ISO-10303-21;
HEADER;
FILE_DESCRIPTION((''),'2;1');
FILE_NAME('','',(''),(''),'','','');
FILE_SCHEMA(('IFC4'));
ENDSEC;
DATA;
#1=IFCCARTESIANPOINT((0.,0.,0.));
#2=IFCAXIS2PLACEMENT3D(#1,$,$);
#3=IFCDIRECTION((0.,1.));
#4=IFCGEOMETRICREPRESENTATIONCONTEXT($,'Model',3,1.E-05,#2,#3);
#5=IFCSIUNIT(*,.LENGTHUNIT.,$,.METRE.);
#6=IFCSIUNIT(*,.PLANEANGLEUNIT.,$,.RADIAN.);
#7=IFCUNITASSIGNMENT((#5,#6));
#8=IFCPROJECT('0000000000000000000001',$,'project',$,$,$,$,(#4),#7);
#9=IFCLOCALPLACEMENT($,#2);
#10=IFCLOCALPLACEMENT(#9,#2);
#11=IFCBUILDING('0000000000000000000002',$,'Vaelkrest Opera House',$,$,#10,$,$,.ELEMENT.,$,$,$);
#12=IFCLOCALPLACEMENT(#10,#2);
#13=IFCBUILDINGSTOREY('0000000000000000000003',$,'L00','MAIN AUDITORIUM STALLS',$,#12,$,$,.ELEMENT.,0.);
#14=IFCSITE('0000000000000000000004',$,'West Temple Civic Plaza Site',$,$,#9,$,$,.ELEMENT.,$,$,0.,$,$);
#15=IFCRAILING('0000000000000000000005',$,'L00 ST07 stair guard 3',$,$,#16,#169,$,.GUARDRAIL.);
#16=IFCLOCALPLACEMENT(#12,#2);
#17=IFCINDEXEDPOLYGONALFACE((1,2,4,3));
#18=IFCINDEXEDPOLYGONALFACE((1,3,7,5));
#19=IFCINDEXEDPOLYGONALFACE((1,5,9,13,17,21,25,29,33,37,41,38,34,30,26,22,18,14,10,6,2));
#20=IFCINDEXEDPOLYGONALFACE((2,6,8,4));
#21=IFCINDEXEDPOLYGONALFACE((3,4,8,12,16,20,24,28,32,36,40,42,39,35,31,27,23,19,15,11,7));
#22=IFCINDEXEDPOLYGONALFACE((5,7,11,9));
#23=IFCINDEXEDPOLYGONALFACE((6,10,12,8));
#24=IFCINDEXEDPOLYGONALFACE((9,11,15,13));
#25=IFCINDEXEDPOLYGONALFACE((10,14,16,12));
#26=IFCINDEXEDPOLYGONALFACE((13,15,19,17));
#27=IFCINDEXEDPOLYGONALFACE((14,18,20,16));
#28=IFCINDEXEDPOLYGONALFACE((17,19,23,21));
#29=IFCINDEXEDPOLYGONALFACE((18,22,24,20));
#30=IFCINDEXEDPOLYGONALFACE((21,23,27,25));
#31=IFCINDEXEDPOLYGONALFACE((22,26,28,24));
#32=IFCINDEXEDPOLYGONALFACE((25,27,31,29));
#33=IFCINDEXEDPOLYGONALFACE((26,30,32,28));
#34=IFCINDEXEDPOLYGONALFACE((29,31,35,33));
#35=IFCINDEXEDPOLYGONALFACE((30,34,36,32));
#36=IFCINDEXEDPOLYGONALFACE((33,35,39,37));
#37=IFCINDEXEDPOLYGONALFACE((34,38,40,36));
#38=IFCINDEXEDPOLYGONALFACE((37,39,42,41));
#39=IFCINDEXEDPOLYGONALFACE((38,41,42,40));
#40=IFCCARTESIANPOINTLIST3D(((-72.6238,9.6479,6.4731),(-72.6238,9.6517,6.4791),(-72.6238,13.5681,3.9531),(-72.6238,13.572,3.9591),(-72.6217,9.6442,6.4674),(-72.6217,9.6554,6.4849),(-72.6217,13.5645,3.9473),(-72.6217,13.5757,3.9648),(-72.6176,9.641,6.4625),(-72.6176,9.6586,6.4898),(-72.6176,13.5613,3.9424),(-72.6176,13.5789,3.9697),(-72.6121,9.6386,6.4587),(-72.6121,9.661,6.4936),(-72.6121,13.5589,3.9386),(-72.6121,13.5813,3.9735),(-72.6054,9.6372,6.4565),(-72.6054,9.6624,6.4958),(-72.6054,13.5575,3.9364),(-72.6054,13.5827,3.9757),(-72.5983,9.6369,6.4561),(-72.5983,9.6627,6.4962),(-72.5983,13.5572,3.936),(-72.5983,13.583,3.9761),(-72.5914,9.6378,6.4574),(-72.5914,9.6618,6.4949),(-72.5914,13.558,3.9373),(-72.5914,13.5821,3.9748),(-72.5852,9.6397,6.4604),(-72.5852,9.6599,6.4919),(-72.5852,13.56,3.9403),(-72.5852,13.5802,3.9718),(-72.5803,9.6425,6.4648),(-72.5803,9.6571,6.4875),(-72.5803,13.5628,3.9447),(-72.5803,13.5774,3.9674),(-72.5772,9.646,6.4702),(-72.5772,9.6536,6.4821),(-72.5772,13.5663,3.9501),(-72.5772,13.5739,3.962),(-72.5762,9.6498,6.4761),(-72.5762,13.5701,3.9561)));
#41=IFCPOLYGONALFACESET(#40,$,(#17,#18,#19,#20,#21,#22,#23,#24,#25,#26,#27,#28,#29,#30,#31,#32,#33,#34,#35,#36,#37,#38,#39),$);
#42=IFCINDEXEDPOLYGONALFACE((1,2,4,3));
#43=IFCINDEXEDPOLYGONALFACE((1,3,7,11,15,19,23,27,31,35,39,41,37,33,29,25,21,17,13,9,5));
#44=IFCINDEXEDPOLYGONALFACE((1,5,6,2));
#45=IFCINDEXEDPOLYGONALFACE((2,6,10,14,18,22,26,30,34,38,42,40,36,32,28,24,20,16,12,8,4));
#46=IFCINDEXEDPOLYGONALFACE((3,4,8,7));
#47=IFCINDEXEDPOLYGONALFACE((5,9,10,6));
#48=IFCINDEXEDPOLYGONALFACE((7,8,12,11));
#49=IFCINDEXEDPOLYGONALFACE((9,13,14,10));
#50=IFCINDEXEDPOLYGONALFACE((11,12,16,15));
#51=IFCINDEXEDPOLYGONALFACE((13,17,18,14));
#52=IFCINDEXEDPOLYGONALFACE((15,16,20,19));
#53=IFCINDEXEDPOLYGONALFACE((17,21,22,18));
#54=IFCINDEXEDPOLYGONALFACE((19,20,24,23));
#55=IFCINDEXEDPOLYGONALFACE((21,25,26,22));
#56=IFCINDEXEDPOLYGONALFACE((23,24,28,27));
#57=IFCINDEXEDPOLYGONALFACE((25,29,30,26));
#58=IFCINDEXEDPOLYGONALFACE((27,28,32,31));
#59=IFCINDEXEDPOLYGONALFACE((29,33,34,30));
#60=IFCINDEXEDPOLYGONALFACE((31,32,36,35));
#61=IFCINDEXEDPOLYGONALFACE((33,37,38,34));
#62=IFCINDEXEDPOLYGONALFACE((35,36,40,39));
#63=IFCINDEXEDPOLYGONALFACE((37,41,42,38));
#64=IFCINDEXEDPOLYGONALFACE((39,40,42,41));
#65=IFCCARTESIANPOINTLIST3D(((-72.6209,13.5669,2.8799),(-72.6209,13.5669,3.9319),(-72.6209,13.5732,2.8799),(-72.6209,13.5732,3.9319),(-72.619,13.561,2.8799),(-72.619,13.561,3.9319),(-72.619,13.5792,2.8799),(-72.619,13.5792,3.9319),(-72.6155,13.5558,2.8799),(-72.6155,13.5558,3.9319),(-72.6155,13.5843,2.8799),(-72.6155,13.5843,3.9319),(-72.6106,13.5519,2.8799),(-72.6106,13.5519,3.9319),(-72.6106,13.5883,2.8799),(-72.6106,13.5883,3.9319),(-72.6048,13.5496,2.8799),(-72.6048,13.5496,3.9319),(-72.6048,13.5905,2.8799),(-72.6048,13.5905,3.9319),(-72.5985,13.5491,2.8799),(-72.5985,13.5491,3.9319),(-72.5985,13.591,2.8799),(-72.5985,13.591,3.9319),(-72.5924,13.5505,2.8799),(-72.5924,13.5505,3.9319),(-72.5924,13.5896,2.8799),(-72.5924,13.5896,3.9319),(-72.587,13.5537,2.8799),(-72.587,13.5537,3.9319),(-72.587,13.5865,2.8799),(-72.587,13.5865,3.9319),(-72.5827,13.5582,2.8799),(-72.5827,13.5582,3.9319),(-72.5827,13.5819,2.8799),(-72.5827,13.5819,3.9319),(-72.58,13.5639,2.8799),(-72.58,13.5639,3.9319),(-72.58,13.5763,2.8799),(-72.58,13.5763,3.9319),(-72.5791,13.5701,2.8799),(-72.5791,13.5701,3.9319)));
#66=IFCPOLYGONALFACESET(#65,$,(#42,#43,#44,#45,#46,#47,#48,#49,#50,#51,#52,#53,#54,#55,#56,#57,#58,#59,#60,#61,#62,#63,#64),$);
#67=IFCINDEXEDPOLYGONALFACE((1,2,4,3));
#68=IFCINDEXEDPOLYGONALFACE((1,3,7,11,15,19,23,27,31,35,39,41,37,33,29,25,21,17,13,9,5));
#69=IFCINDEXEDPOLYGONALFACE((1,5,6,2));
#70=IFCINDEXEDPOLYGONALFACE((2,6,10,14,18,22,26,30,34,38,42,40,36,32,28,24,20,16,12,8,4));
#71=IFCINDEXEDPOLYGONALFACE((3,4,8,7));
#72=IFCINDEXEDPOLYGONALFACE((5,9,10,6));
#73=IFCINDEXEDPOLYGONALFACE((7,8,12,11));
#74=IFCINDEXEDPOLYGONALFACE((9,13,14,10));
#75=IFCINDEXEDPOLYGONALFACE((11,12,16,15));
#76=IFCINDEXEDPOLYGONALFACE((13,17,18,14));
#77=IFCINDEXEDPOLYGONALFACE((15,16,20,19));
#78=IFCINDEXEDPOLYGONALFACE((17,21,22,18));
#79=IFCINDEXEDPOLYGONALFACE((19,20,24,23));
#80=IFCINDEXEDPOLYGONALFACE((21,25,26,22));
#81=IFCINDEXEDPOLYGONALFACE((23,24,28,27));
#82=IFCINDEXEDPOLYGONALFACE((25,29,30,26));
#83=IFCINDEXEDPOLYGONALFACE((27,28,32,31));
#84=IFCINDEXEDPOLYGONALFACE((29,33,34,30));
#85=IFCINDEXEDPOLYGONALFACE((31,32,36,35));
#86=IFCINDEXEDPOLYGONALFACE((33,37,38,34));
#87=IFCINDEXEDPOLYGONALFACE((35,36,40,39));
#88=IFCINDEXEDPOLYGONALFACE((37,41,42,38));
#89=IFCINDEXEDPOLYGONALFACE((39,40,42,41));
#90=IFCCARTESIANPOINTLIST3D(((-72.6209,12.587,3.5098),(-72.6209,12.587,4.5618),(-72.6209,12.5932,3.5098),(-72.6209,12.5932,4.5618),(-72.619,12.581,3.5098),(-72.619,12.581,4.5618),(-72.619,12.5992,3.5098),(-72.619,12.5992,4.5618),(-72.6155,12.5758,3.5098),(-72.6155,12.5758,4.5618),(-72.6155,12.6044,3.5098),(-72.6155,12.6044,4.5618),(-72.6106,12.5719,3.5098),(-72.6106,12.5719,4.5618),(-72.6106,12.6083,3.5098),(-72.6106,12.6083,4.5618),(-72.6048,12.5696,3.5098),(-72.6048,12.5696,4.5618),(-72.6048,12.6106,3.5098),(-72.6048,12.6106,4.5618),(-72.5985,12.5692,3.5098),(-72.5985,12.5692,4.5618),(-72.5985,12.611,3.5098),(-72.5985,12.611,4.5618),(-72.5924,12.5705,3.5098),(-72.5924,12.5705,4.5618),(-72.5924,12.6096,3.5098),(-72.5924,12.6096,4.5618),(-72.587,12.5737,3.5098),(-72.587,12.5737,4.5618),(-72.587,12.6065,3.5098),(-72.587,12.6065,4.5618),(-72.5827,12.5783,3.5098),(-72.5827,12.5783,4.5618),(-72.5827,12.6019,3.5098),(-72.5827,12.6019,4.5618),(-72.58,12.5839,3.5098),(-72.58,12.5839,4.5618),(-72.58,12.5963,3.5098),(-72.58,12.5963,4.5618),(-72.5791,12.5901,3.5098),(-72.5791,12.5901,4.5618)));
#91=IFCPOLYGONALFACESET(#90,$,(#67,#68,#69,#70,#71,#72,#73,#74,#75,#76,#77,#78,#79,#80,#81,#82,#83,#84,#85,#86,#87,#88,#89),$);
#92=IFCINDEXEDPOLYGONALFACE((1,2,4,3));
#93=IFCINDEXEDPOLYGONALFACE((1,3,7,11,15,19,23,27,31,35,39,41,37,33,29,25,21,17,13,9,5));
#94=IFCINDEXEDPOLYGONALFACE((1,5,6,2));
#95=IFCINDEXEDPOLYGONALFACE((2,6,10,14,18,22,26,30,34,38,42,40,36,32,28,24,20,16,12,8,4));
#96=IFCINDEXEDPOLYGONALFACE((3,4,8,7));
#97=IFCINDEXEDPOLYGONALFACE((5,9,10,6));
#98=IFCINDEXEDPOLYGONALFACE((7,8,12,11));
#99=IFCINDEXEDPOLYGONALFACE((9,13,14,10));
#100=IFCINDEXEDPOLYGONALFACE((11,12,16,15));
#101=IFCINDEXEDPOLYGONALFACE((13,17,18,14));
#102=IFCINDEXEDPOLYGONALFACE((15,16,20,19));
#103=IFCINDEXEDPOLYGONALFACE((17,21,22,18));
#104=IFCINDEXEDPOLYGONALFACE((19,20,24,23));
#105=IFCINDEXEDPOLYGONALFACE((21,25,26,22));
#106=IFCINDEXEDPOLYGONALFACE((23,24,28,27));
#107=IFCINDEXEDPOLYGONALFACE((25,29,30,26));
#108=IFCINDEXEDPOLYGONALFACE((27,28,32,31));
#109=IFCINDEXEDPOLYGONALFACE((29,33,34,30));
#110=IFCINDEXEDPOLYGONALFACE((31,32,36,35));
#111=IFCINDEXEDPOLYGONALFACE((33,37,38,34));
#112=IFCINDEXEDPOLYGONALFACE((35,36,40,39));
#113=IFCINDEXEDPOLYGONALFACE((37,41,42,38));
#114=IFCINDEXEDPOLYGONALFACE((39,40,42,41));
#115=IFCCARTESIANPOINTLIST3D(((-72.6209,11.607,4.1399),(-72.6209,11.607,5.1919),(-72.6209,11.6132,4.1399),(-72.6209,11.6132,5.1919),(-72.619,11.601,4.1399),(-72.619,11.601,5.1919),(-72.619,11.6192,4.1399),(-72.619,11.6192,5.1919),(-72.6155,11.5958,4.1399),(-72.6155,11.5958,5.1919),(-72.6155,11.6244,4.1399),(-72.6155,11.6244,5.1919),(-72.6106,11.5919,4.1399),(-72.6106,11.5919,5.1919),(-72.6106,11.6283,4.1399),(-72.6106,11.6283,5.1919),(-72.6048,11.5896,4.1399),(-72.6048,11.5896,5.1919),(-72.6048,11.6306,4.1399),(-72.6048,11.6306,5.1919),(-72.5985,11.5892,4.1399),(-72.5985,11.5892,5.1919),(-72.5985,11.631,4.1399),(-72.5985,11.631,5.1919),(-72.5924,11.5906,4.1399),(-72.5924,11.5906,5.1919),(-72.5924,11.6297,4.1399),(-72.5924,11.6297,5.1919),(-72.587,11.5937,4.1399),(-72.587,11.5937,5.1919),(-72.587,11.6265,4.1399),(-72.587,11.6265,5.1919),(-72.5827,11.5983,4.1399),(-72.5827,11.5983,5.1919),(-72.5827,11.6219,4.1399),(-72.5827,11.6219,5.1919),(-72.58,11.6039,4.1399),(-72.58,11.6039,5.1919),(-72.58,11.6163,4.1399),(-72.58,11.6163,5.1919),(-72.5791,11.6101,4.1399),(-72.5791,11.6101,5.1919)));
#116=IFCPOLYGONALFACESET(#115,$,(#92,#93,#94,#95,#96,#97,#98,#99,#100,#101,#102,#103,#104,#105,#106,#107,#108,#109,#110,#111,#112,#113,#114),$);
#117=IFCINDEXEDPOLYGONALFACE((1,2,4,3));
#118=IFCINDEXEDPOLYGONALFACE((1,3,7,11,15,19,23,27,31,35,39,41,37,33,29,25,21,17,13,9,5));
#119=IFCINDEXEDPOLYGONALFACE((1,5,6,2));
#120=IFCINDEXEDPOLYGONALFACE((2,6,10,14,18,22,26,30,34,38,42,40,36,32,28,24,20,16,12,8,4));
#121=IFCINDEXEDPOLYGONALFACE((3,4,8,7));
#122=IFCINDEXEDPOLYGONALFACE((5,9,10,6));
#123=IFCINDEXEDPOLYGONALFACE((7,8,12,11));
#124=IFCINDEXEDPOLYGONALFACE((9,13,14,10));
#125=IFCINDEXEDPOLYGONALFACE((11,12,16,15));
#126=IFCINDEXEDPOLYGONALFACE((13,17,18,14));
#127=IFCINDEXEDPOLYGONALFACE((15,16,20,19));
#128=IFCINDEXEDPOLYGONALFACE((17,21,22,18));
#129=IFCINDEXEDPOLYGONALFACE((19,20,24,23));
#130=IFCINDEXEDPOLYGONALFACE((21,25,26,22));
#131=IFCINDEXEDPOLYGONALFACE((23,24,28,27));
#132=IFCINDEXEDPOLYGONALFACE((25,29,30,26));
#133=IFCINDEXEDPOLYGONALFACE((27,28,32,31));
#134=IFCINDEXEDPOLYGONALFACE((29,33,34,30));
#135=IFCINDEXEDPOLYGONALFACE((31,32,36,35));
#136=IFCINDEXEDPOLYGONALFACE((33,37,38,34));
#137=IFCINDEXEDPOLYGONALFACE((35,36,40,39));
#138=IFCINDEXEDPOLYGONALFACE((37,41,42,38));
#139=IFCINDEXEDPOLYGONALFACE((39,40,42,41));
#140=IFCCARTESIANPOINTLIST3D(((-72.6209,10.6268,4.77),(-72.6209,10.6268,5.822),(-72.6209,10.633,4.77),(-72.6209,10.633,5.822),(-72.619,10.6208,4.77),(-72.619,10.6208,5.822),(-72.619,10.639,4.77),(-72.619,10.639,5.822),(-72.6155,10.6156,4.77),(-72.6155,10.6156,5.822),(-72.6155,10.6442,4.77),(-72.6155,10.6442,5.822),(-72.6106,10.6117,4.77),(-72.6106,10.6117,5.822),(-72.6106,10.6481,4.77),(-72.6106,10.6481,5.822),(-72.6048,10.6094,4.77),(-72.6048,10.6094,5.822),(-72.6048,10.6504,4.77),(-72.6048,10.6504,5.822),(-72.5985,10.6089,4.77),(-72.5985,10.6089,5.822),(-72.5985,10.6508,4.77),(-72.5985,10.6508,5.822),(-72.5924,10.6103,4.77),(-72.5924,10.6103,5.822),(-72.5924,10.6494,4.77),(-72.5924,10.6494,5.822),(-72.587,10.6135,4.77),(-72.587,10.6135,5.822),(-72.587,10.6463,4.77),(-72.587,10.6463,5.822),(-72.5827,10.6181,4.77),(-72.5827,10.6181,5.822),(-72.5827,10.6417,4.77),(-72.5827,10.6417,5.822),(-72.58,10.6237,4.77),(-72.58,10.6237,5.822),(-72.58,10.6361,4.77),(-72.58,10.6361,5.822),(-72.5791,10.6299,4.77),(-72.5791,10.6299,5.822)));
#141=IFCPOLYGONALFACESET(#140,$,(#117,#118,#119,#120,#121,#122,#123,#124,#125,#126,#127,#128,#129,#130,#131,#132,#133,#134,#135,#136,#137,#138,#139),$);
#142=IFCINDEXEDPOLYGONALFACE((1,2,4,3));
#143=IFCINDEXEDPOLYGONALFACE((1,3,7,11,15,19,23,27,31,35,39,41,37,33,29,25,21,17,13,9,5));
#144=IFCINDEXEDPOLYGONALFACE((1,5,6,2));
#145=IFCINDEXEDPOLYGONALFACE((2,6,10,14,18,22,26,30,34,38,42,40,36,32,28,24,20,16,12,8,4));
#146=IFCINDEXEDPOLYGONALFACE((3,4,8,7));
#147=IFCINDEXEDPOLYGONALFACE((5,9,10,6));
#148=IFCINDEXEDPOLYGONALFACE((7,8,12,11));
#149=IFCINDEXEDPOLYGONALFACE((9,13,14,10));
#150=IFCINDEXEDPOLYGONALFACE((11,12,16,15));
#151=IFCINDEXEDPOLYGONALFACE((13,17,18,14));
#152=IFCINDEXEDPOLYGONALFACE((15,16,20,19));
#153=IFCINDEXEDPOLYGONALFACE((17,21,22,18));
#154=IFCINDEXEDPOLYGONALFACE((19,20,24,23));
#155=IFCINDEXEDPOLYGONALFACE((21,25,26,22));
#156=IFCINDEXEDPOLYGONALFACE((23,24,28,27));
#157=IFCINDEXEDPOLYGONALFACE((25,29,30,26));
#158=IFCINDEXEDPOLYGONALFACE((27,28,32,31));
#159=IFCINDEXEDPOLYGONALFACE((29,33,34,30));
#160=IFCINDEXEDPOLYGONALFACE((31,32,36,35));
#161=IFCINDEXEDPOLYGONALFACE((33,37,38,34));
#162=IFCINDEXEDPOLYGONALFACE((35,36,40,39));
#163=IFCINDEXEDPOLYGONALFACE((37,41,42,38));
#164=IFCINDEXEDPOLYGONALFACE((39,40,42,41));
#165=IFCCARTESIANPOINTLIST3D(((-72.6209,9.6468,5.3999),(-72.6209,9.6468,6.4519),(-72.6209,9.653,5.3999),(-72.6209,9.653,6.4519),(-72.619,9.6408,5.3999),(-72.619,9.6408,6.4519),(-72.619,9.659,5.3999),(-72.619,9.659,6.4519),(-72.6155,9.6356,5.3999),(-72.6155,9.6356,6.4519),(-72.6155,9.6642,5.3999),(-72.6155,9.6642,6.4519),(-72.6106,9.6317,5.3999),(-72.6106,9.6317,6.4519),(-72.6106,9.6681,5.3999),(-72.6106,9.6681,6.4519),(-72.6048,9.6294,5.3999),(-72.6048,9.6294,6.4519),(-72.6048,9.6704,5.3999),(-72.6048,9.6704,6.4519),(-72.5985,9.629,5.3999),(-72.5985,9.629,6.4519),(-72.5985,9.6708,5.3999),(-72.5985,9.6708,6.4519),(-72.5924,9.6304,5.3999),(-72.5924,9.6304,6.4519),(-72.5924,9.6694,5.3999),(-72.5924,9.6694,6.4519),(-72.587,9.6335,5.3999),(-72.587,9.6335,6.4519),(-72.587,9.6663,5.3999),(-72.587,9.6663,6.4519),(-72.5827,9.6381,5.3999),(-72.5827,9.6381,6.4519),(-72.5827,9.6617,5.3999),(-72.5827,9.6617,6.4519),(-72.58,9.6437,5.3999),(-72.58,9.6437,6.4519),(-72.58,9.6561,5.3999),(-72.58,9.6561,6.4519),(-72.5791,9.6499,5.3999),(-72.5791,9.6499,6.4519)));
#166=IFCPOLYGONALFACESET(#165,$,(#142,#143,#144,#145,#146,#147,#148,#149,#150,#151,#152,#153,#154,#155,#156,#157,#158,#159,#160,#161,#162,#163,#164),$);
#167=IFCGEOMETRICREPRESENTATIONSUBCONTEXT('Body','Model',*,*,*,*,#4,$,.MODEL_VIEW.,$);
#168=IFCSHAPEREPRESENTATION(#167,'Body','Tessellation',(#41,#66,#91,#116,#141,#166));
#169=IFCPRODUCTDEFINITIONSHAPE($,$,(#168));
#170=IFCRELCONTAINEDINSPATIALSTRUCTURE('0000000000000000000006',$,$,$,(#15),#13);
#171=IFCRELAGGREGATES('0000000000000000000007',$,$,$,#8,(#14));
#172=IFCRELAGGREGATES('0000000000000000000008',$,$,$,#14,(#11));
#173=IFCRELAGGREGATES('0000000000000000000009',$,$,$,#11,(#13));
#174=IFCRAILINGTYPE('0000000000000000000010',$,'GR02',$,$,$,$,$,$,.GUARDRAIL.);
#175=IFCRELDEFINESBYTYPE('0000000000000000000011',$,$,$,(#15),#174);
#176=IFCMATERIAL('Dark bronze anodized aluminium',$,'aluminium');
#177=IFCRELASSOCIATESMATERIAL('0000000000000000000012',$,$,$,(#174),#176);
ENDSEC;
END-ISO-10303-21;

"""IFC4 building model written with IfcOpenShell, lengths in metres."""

from ifc_helpers import new_model, si_unit, direction, frame, origin, origin_2d, place, context, subcontext, project, spatial, circle, extrude, material, type_object, element, save


model = new_model("IFC4")

# Units and contexts
model_context = context("Model", 3, precision=1e-05, world=origin(), true_north=direction((0.0, 1.0)))
body_context = subcontext(model_context, "Body", "Model", "MODEL_VIEW")
ifc_project = project(units=[si_unit("LENGTHUNIT", "METRE"), si_unit("PLANEANGLEUNIT", "RADIAN")], contexts=[model_context])

# Site, building, storey
site_placement = place(None, origin())
site = spatial("IfcSite", under=ifc_project, at=site_placement, Name="West Temple Civic Plaza Site", CompositionType="ELEMENT", RefElevation=0.0)
building_placement = place(site_placement, origin())
building = spatial("IfcBuilding", under=site, at=building_placement, Name="Vaelkrest Opera House", CompositionType="ELEMENT")
storey_placement = place(building_placement, origin())
storey = spatial("IfcBuildingStorey", under=building, at=storey_placement, Name="L00", Description="MAIN AUDITORIUM STALLS", CompositionType="ELEMENT", Elevation=0.0)

# Shared definitions
ifc_material_1 = material(Name="Dark bronze anodized aluminium", Category="aluminium")

# Railing
railing_type_1 = type_object("IfcRailingType", Name="GR02", PredefinedType="GUARDRAIL", material=ifc_material_1)
railing_1_placement = place(storey_placement, frame((-72.6001, 13.5701, 2.8799)))
element("IfcRailing", 1, at=railing_1_placement, inside=storey, type_object=railing_type_1, Name="L00 ST07 stair guard 3", PredefinedType="GUARDRAIL", context=body_context, shape_type="SweptSolid", body=[
    extrude(circle(Radius=0.0239, at=origin_2d()), frame((0.0, 0.0, 1.0762), z_axis=(0.0, -0.841187, 0.540744), x_axis=(1.0, 0.0, 0.0)), (0.0, 0.0, 1.0), 4.6604),
    extrude(circle(Radius=0.021, at=origin_2d()), origin(), (0.0, 0.0, 1.0), 1.052),
    extrude(circle(Radius=0.021, at=origin_2d()), frame((0.0, -0.98, 0.6299)), (0.0, 0.0, 1.0), 1.052),
    extrude(circle(Radius=0.021, at=origin_2d()), frame((0.0, -1.96, 1.26)), (0.0, 0.0, 1.0), 1.052),
    extrude(circle(Radius=0.021, at=origin_2d()), frame((0.0, -2.9402, 1.8901)), (0.0, 0.0, 1.0), 1.052),
    extrude(circle(Radius=0.021, at=origin_2d()), frame((0.0, -3.9202, 2.52)), (0.0, 0.0, 1.0), 1.052),
])

save(model, "model.ifc")
